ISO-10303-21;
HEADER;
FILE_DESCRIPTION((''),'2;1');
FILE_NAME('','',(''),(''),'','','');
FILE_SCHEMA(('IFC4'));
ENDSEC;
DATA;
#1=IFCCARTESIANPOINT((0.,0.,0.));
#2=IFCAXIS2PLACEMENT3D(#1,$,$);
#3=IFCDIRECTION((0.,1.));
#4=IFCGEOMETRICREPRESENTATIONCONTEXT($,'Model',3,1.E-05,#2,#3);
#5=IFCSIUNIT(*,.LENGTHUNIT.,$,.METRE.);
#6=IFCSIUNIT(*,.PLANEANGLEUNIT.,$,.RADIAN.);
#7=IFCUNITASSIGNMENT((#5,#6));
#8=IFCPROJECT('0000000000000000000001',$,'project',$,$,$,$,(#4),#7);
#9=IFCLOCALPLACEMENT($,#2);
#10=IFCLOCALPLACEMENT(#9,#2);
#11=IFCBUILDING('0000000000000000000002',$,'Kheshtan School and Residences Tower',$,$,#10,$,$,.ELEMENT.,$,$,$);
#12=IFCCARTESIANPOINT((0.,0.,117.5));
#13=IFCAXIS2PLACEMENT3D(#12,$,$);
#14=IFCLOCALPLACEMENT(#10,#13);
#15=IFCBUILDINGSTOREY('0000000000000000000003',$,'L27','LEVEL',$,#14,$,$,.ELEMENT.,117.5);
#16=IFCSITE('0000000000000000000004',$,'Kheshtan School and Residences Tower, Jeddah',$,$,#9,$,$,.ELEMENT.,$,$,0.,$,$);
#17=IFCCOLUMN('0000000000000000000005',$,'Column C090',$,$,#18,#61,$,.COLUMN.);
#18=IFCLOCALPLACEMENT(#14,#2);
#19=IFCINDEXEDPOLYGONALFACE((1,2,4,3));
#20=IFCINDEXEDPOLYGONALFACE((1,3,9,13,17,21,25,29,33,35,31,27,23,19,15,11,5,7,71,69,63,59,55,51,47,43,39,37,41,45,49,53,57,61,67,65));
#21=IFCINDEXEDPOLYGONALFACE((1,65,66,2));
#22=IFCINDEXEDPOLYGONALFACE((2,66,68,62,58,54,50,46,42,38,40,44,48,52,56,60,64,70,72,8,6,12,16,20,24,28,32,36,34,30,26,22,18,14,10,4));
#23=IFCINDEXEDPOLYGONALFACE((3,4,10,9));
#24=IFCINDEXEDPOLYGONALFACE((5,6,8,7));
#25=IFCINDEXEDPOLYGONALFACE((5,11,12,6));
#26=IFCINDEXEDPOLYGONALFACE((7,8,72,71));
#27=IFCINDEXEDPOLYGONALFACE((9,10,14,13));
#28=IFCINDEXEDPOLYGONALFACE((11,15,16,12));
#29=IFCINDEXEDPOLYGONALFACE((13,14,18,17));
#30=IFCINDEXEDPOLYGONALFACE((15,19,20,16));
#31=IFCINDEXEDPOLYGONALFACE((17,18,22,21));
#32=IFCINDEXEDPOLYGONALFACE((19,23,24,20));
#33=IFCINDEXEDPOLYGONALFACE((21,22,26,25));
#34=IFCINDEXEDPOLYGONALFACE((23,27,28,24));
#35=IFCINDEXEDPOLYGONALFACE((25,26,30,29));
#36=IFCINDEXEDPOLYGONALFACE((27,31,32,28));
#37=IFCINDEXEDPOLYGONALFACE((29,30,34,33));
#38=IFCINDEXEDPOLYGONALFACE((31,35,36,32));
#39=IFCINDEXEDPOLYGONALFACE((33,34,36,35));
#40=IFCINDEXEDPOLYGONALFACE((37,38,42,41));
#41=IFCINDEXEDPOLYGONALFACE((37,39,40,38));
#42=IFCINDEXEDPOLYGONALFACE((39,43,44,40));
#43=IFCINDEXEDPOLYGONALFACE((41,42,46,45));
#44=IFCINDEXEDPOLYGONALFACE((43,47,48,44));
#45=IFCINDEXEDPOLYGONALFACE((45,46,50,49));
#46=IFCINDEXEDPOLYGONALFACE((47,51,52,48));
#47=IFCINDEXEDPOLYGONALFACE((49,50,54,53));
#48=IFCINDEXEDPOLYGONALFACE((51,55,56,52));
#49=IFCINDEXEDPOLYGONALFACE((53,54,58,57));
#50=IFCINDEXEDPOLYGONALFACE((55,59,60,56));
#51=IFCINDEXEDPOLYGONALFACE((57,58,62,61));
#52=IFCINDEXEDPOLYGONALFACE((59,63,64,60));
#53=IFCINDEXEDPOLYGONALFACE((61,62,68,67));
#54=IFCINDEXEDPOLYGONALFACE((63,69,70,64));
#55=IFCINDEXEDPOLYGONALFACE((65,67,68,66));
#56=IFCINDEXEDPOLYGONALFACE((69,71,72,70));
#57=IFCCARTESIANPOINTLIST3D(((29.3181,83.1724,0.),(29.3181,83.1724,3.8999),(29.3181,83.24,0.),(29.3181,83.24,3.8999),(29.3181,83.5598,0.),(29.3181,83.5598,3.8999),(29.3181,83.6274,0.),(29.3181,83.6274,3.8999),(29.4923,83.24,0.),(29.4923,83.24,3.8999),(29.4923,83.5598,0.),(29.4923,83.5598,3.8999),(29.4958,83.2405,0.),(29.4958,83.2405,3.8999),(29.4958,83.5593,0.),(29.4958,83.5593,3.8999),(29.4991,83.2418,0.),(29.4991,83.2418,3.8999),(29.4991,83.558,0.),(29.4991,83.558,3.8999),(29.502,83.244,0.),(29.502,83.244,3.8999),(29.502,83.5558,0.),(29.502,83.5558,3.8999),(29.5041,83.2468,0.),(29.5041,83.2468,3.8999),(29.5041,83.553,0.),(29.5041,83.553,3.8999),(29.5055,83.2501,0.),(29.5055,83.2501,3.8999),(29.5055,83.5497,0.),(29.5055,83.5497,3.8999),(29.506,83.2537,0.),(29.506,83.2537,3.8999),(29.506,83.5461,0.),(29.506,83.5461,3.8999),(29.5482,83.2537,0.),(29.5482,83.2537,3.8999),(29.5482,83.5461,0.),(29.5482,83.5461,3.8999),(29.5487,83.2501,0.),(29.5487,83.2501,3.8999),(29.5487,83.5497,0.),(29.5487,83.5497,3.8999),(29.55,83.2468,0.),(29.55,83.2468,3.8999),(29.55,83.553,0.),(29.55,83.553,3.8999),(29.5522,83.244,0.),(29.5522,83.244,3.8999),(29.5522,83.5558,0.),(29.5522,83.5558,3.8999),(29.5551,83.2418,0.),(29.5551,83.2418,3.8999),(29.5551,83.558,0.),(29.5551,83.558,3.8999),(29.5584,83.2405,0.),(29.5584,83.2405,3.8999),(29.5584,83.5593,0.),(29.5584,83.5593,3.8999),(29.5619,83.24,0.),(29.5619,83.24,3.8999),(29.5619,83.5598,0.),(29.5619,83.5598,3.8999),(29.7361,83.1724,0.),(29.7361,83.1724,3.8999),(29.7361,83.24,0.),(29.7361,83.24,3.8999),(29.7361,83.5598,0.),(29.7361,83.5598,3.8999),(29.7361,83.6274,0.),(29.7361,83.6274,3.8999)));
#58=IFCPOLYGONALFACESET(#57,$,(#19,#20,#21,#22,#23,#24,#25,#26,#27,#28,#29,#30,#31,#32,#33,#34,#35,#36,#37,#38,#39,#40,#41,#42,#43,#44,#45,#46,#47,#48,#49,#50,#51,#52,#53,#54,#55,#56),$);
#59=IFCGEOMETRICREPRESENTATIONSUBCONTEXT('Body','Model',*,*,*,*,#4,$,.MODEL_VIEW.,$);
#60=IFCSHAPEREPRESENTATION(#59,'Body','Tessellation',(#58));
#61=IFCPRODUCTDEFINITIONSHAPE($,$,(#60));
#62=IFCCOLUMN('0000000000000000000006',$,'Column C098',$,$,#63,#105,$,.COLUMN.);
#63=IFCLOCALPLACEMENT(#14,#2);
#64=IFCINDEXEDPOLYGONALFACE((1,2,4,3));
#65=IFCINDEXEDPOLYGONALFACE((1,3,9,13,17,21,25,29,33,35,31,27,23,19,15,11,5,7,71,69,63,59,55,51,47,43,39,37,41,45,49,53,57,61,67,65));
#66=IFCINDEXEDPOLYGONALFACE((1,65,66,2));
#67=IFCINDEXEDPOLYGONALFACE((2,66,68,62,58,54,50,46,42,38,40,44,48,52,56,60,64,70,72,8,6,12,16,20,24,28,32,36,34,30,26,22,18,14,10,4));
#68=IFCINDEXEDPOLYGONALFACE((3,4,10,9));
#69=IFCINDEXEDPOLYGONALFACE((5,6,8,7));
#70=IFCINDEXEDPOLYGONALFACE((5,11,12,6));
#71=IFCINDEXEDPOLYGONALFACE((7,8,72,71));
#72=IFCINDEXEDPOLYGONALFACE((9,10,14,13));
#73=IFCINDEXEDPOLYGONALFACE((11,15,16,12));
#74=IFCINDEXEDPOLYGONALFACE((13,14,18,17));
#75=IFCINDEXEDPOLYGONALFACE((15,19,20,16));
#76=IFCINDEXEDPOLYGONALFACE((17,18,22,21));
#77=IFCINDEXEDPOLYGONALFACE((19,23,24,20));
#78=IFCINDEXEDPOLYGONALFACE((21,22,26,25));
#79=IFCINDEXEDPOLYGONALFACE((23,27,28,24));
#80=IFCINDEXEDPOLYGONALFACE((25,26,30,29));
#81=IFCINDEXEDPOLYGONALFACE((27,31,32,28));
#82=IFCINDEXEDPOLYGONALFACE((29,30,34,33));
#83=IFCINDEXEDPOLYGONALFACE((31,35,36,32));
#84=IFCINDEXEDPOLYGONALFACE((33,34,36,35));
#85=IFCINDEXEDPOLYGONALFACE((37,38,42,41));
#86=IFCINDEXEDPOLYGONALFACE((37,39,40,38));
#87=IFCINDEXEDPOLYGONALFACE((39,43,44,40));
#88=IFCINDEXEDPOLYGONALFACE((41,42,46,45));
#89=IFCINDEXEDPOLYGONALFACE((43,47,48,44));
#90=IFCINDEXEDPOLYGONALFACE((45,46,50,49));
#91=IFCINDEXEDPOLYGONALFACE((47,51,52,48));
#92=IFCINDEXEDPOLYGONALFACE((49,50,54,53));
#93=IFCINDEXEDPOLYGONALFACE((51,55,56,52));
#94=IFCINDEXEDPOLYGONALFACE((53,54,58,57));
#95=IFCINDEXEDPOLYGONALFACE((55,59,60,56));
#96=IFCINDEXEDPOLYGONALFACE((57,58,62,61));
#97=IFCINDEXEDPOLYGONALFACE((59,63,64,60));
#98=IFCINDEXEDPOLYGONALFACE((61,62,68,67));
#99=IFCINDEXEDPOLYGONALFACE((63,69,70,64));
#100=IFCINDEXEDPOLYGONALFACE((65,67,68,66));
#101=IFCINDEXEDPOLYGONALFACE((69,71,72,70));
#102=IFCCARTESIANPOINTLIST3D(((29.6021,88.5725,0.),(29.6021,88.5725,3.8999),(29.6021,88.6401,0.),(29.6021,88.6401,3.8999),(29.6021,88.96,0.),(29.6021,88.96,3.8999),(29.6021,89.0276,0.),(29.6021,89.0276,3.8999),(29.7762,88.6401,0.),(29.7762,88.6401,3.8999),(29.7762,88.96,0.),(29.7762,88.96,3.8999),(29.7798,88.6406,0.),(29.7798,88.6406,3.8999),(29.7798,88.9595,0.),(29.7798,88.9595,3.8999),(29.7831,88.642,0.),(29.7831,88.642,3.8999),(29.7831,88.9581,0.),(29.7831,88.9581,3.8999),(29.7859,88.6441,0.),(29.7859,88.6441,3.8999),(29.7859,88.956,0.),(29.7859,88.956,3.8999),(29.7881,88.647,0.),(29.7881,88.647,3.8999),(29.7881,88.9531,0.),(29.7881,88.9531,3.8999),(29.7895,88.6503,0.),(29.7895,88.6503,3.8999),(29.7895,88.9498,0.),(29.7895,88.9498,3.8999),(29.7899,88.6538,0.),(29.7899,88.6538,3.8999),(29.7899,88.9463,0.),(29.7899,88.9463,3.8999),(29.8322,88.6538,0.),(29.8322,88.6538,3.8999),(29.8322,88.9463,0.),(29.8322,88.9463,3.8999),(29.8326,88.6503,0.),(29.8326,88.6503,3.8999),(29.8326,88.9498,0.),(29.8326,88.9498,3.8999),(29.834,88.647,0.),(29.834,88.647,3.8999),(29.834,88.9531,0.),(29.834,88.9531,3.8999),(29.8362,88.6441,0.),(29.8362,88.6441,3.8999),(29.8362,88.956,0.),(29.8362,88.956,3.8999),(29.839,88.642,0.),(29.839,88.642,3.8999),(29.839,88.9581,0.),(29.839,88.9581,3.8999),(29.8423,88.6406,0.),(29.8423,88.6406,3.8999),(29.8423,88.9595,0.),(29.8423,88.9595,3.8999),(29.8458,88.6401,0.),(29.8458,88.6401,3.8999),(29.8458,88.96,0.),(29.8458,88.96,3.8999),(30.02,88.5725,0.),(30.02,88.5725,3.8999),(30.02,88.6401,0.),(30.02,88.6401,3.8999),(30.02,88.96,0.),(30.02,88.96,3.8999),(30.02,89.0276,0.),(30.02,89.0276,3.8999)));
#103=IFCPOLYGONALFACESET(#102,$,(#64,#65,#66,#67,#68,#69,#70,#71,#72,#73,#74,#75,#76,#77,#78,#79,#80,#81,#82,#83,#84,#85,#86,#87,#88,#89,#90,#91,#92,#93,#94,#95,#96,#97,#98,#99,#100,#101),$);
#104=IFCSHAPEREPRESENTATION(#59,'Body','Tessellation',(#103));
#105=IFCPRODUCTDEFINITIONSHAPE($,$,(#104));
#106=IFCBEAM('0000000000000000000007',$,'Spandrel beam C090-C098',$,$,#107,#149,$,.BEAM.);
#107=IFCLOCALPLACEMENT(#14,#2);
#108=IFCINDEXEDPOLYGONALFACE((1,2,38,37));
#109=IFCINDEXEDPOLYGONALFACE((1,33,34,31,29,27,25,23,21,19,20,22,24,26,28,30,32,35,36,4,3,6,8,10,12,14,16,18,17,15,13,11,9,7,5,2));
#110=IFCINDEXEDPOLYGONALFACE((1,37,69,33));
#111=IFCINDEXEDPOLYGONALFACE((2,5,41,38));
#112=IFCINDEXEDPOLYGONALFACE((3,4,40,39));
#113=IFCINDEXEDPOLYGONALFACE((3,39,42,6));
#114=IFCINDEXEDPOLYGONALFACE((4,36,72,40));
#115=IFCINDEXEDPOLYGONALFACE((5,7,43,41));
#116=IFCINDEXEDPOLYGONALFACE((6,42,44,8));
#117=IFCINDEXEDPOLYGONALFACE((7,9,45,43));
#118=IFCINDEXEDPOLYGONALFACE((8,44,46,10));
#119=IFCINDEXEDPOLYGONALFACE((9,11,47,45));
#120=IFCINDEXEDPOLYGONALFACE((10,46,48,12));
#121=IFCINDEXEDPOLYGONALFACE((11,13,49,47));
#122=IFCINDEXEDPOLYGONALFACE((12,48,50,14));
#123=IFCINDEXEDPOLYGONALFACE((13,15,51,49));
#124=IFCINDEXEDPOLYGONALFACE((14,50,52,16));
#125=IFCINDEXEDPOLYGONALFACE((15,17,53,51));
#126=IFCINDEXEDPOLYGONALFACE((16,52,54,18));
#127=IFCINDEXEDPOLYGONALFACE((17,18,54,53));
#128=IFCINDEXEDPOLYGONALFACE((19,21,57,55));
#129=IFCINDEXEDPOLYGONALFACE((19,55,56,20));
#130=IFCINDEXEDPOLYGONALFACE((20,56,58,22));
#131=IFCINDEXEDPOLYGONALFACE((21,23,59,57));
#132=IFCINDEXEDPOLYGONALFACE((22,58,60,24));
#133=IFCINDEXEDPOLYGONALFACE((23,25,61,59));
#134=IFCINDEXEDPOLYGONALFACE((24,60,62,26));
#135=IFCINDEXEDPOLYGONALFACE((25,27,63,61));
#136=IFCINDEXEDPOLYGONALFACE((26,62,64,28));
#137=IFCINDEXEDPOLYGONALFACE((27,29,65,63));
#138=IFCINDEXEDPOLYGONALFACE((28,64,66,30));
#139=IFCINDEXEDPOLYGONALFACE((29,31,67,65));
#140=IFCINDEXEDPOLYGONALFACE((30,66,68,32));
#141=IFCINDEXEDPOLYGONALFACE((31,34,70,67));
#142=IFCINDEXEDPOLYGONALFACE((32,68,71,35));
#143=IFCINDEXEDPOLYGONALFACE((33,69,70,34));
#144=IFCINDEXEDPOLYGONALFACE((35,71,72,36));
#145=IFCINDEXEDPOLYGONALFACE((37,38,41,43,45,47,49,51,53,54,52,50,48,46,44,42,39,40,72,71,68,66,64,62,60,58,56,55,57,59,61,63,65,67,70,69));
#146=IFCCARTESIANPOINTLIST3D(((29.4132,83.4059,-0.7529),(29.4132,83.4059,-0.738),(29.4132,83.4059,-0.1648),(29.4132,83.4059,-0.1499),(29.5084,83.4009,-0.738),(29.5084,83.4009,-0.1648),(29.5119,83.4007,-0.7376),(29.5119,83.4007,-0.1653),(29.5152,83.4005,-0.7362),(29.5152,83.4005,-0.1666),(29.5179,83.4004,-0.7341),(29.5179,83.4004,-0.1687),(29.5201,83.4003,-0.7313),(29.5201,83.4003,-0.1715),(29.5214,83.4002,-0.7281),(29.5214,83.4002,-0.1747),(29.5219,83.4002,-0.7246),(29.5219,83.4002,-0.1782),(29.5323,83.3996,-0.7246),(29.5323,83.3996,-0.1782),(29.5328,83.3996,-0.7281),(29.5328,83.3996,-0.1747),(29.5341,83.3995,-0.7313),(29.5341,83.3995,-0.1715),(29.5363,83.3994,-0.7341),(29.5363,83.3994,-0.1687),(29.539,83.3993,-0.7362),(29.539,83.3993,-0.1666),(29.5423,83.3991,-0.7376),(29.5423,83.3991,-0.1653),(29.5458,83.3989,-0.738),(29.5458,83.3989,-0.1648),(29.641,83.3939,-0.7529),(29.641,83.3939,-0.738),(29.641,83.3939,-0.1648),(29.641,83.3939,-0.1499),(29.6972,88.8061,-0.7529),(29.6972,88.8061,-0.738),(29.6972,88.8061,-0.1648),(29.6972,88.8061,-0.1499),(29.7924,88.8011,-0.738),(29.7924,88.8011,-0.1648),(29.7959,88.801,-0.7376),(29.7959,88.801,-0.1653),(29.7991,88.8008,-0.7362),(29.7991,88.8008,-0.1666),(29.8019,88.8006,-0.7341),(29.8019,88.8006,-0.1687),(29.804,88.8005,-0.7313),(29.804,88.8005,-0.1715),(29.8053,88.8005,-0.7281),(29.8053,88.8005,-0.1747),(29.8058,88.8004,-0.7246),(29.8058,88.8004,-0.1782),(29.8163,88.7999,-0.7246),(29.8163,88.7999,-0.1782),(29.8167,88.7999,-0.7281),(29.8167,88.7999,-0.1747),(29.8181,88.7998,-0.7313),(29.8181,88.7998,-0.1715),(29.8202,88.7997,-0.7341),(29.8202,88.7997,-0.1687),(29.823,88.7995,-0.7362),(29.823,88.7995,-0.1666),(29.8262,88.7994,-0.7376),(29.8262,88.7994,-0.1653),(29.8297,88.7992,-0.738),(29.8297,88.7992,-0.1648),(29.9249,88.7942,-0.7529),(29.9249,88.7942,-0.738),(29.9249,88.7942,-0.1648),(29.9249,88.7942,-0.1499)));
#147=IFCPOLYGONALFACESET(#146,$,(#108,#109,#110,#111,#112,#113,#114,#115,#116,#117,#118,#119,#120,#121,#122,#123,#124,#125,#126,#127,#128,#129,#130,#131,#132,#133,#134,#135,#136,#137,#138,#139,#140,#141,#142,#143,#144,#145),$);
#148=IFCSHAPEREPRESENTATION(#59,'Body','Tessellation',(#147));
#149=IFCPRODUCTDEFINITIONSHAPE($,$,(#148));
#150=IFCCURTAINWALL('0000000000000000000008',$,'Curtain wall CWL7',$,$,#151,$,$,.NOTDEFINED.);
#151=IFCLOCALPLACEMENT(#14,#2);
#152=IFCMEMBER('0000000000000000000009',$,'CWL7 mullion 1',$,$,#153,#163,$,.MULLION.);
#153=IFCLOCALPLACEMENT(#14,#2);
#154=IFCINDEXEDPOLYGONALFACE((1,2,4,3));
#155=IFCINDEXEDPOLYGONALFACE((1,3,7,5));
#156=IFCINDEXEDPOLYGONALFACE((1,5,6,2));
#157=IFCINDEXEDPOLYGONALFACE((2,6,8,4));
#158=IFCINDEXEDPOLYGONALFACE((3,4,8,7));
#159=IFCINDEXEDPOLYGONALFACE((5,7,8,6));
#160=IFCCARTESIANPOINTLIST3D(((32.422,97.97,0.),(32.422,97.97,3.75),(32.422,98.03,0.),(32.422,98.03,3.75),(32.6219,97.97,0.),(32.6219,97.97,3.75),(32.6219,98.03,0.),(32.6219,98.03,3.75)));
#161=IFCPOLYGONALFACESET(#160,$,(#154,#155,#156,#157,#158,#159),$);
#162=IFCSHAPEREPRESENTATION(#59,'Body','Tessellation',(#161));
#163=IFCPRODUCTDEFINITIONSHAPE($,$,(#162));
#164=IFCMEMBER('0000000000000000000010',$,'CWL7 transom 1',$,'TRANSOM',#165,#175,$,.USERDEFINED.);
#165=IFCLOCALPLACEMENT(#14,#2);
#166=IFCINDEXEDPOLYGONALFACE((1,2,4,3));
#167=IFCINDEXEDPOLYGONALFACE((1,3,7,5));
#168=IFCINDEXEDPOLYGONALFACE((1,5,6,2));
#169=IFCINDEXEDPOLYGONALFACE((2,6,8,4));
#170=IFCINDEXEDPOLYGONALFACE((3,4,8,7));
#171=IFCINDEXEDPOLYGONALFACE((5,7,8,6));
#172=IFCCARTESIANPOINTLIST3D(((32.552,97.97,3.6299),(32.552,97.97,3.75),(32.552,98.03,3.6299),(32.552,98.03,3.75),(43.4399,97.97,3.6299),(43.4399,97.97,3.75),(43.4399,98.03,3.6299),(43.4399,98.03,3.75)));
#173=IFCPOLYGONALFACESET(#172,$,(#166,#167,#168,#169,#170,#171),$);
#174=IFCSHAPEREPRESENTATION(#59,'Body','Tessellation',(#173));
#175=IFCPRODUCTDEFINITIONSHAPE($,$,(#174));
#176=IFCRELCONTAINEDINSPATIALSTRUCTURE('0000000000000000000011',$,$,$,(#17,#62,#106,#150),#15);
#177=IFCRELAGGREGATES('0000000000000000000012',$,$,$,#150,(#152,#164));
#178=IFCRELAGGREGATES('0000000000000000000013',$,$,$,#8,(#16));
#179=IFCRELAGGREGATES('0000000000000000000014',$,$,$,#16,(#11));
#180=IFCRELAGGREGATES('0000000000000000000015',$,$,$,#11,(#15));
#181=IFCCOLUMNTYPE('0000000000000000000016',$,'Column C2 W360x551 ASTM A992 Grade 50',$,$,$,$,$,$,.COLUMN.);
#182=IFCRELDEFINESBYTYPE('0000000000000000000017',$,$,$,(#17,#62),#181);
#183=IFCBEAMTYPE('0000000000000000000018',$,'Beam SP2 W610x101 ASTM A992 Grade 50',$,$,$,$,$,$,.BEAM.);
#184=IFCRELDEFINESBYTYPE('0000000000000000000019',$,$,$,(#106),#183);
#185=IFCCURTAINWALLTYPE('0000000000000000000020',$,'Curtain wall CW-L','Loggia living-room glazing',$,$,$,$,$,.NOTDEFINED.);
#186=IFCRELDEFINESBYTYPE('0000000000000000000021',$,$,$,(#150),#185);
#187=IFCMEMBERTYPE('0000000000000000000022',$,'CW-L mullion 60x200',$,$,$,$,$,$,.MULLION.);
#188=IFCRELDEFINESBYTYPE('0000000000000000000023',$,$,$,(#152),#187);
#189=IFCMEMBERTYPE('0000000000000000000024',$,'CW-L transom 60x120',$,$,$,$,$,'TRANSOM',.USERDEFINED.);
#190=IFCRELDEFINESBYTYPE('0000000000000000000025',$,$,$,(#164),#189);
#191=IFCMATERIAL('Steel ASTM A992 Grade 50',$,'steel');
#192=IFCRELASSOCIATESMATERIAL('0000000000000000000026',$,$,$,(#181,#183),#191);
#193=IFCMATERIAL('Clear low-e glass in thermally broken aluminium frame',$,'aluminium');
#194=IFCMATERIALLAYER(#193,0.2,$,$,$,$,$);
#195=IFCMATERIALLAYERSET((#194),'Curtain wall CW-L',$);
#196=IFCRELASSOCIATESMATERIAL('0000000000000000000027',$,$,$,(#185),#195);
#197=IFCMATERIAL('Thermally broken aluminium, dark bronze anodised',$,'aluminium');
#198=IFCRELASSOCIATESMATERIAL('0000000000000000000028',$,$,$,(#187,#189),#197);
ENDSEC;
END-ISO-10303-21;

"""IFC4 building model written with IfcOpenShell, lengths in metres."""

from ifc_helpers import new_model, si_unit, direction, frame, origin, origin_2d, place, context, subcontext, project, spatial, rectangle, i_section, extrude, material, layer, layer_set, material_profile, profile_set, type_object, element, aggregate, save


model = new_model("IFC4")

# Units and contexts
model_context = context("Model", 3, precision=1e-05, world=origin(), true_north=direction((0.0, 1.0)))
body_context = subcontext(model_context, "Body", "Model", "MODEL_VIEW")
ifc_project = project(units=[si_unit("LENGTHUNIT", "METRE"), si_unit("PLANEANGLEUNIT", "RADIAN")], contexts=[model_context])

# Site, building, storey
site_placement = place(None, origin())
site = spatial("IfcSite", under=ifc_project, at=site_placement, Name="Kheshtan School and Residences Tower, Jeddah", CompositionType="ELEMENT", RefElevation=0.0)
building_placement = place(site_placement, origin())
building = spatial("IfcBuilding", under=site, at=building_placement, Name="Kheshtan School and Residences Tower", CompositionType="ELEMENT")
storey_placement = place(building_placement, frame((0.0, 0.0, 117.5)))
storey = spatial("IfcBuildingStorey", under=building, at=storey_placement, Name="L27", Description="LEVEL", CompositionType="ELEMENT", Elevation=117.5)

# Columns
ifc_material_1 = material(Name="Steel ASTM A992 Grade 50", Category="steel")
ifc_material_profile_1 = material_profile(ifc_material_1, i_section(OverallWidth=0.418, OverallDepth=0.4551, WebThickness=0.0422, FlangeThickness=0.0676, FilletRadius=0.0137, at=origin_2d()), Name="W360x551")
ifc_profile_set_1 = profile_set([ifc_material_profile_1], Name="Steel ASTM A992 Grade 50")
column_type = type_object("IfcColumnType", Name="Column C2 W360x551 ASTM A992 Grade 50", PredefinedType="COLUMN", material=ifc_profile_set_1)
for number, where, z_axis, x_axis, name in (
    (1, (29.5271, 83.3999, 0.0), (0.0, 0.0, 1.0), (1.0, 0.0, 0.0), "Column C090"),
    (2, (29.811, 88.8, 0.0), (0.0, 0.0, 1.0), (1.0, 0.0, 0.0), "Column C098"),
):
    element("IfcColumn", number, at=place(storey_placement, frame(where, z_axis=z_axis, x_axis=x_axis)), inside=storey, type_object=column_type, Name=name, PredefinedType="COLUMN", context=body_context, shape_type="SweptSolid", body=[
        extrude(i_section(OverallWidth=0.418, OverallDepth=0.4551, WebThickness=0.0422, FlangeThickness=0.0676, FilletRadius=0.0137, at=origin_2d()), origin(), (0.0, 0.0, 1.0), 3.8999),
    ])

# Beam
ifc_material_profile_2 = material_profile(ifc_material_1, i_section(OverallWidth=0.228, OverallDepth=0.603, WebThickness=0.0105, FlangeThickness=0.0149, FilletRadius=0.0134, at=origin_2d()), Name="W610x101")
ifc_profile_set_2 = profile_set([ifc_material_profile_2], Name="Steel ASTM A992 Grade 50")
beam_type_1 = type_object("IfcBeamType", Name="Beam SP2 W610x101 ASTM A992 Grade 50", PredefinedType="BEAM", material=ifc_profile_set_2)
beam_1_placement = place(storey_placement, frame((29.5271, 83.3999, -0.4514), z_axis=(0.052507, 0.998621, 0.0), x_axis=(-0.998621, 0.052507, 0.0)))
element("IfcBeam", 3, at=beam_1_placement, inside=storey, type_object=beam_type_1, Name="Spandrel beam C090-C098", PredefinedType="BEAM", context=body_context, shape_type="SweptSolid", body=[
    extrude(i_section(OverallWidth=0.228, OverallDepth=0.603, WebThickness=0.0105, FlangeThickness=0.0149, FilletRadius=0.0134, at=origin_2d()), origin(), (0.0, 0.0, 1.0), 5.4077),
])

# Curtain wall, members
ifc_material_2 = material(Name="Clear low-e glass in thermally broken aluminium frame", Category="aluminium")
ifc_layer_1 = layer(ifc_material_2, 0.2)
ifc_layer_set_1 = layer_set([ifc_layer_1], Name="Curtain wall CW-L")
curtain_wall_type = type_object("IfcCurtainWallType", Name="Curtain wall CW-L", Description="Loggia living-room glazing", PredefinedType="NOTDEFINED", material=ifc_layer_set_1)
curtain_wall_placement = place(storey_placement, origin())
curtain_wall = element("IfcCurtainWall", 4, at=curtain_wall_placement, inside=storey, type_object=curtain_wall_type, Name="Curtain wall CWL7", PredefinedType="NOTDEFINED")
ifc_material_3 = material(Name="Thermally broken aluminium, dark bronze anodised", Category="aluminium")
ifc_material_profile_3 = material_profile(ifc_material_3, rectangle(XDim=0.0601, YDim=0.2, at=origin_2d()), Name="CW-L mullion 60x200")
ifc_profile_set_3 = profile_set([ifc_material_profile_3], Name="Thermally broken aluminium, dark bronze anodised")
member_type_1 = type_object("IfcMemberType", Name="CW-L mullion 60x200", PredefinedType="MULLION", material=ifc_profile_set_3)
member_1_placement = place(storey_placement, frame((32.522, 98.0, 0.0), z_axis=(0.0, 0.0, 1.0), x_axis=(0.0, 1.0, 0.0)))
member_1 = element("IfcMember", 5, at=member_1_placement, type_object=member_type_1, Name="CWL7 mullion 1", PredefinedType="MULLION", context=body_context, shape_type="SweptSolid", body=[
    extrude(rectangle(XDim=0.0601, YDim=0.2, at=origin_2d()), origin(), (0.0, 0.0, 1.0), 3.75),
])
ifc_material_profile_4 = material_profile(ifc_material_3, rectangle(XDim=0.0601, YDim=0.1201, at=origin_2d()), Name="CW-L transom 60x120")
ifc_profile_set_4 = profile_set([ifc_material_profile_4], Name="Thermally broken aluminium, dark bronze anodised")
member_type_2 = type_object("IfcMemberType", Name="CW-L transom 60x120", ElementType="TRANSOM", PredefinedType="USERDEFINED", material=ifc_profile_set_4)
member_2_placement = place(storey_placement, frame((32.552, 98.0, 3.6899), z_axis=(1.0, 0.0, 0.0), x_axis=(0.0, 1.0, 0.0)))
member_2 = element("IfcMember", 6, at=member_2_placement, type_object=member_type_2, Name="CWL7 transom 1", ObjectType="TRANSOM", PredefinedType="USERDEFINED", context=body_context, shape_type="SweptSolid", body=[
    extrude(rectangle(XDim=0.0601, YDim=0.1201, at=origin_2d()), origin(), (0.0, 0.0, 1.0), 10.8879),
])

aggregate(curtain_wall, [member_1, member_2])

save(model, "model.ifc")
